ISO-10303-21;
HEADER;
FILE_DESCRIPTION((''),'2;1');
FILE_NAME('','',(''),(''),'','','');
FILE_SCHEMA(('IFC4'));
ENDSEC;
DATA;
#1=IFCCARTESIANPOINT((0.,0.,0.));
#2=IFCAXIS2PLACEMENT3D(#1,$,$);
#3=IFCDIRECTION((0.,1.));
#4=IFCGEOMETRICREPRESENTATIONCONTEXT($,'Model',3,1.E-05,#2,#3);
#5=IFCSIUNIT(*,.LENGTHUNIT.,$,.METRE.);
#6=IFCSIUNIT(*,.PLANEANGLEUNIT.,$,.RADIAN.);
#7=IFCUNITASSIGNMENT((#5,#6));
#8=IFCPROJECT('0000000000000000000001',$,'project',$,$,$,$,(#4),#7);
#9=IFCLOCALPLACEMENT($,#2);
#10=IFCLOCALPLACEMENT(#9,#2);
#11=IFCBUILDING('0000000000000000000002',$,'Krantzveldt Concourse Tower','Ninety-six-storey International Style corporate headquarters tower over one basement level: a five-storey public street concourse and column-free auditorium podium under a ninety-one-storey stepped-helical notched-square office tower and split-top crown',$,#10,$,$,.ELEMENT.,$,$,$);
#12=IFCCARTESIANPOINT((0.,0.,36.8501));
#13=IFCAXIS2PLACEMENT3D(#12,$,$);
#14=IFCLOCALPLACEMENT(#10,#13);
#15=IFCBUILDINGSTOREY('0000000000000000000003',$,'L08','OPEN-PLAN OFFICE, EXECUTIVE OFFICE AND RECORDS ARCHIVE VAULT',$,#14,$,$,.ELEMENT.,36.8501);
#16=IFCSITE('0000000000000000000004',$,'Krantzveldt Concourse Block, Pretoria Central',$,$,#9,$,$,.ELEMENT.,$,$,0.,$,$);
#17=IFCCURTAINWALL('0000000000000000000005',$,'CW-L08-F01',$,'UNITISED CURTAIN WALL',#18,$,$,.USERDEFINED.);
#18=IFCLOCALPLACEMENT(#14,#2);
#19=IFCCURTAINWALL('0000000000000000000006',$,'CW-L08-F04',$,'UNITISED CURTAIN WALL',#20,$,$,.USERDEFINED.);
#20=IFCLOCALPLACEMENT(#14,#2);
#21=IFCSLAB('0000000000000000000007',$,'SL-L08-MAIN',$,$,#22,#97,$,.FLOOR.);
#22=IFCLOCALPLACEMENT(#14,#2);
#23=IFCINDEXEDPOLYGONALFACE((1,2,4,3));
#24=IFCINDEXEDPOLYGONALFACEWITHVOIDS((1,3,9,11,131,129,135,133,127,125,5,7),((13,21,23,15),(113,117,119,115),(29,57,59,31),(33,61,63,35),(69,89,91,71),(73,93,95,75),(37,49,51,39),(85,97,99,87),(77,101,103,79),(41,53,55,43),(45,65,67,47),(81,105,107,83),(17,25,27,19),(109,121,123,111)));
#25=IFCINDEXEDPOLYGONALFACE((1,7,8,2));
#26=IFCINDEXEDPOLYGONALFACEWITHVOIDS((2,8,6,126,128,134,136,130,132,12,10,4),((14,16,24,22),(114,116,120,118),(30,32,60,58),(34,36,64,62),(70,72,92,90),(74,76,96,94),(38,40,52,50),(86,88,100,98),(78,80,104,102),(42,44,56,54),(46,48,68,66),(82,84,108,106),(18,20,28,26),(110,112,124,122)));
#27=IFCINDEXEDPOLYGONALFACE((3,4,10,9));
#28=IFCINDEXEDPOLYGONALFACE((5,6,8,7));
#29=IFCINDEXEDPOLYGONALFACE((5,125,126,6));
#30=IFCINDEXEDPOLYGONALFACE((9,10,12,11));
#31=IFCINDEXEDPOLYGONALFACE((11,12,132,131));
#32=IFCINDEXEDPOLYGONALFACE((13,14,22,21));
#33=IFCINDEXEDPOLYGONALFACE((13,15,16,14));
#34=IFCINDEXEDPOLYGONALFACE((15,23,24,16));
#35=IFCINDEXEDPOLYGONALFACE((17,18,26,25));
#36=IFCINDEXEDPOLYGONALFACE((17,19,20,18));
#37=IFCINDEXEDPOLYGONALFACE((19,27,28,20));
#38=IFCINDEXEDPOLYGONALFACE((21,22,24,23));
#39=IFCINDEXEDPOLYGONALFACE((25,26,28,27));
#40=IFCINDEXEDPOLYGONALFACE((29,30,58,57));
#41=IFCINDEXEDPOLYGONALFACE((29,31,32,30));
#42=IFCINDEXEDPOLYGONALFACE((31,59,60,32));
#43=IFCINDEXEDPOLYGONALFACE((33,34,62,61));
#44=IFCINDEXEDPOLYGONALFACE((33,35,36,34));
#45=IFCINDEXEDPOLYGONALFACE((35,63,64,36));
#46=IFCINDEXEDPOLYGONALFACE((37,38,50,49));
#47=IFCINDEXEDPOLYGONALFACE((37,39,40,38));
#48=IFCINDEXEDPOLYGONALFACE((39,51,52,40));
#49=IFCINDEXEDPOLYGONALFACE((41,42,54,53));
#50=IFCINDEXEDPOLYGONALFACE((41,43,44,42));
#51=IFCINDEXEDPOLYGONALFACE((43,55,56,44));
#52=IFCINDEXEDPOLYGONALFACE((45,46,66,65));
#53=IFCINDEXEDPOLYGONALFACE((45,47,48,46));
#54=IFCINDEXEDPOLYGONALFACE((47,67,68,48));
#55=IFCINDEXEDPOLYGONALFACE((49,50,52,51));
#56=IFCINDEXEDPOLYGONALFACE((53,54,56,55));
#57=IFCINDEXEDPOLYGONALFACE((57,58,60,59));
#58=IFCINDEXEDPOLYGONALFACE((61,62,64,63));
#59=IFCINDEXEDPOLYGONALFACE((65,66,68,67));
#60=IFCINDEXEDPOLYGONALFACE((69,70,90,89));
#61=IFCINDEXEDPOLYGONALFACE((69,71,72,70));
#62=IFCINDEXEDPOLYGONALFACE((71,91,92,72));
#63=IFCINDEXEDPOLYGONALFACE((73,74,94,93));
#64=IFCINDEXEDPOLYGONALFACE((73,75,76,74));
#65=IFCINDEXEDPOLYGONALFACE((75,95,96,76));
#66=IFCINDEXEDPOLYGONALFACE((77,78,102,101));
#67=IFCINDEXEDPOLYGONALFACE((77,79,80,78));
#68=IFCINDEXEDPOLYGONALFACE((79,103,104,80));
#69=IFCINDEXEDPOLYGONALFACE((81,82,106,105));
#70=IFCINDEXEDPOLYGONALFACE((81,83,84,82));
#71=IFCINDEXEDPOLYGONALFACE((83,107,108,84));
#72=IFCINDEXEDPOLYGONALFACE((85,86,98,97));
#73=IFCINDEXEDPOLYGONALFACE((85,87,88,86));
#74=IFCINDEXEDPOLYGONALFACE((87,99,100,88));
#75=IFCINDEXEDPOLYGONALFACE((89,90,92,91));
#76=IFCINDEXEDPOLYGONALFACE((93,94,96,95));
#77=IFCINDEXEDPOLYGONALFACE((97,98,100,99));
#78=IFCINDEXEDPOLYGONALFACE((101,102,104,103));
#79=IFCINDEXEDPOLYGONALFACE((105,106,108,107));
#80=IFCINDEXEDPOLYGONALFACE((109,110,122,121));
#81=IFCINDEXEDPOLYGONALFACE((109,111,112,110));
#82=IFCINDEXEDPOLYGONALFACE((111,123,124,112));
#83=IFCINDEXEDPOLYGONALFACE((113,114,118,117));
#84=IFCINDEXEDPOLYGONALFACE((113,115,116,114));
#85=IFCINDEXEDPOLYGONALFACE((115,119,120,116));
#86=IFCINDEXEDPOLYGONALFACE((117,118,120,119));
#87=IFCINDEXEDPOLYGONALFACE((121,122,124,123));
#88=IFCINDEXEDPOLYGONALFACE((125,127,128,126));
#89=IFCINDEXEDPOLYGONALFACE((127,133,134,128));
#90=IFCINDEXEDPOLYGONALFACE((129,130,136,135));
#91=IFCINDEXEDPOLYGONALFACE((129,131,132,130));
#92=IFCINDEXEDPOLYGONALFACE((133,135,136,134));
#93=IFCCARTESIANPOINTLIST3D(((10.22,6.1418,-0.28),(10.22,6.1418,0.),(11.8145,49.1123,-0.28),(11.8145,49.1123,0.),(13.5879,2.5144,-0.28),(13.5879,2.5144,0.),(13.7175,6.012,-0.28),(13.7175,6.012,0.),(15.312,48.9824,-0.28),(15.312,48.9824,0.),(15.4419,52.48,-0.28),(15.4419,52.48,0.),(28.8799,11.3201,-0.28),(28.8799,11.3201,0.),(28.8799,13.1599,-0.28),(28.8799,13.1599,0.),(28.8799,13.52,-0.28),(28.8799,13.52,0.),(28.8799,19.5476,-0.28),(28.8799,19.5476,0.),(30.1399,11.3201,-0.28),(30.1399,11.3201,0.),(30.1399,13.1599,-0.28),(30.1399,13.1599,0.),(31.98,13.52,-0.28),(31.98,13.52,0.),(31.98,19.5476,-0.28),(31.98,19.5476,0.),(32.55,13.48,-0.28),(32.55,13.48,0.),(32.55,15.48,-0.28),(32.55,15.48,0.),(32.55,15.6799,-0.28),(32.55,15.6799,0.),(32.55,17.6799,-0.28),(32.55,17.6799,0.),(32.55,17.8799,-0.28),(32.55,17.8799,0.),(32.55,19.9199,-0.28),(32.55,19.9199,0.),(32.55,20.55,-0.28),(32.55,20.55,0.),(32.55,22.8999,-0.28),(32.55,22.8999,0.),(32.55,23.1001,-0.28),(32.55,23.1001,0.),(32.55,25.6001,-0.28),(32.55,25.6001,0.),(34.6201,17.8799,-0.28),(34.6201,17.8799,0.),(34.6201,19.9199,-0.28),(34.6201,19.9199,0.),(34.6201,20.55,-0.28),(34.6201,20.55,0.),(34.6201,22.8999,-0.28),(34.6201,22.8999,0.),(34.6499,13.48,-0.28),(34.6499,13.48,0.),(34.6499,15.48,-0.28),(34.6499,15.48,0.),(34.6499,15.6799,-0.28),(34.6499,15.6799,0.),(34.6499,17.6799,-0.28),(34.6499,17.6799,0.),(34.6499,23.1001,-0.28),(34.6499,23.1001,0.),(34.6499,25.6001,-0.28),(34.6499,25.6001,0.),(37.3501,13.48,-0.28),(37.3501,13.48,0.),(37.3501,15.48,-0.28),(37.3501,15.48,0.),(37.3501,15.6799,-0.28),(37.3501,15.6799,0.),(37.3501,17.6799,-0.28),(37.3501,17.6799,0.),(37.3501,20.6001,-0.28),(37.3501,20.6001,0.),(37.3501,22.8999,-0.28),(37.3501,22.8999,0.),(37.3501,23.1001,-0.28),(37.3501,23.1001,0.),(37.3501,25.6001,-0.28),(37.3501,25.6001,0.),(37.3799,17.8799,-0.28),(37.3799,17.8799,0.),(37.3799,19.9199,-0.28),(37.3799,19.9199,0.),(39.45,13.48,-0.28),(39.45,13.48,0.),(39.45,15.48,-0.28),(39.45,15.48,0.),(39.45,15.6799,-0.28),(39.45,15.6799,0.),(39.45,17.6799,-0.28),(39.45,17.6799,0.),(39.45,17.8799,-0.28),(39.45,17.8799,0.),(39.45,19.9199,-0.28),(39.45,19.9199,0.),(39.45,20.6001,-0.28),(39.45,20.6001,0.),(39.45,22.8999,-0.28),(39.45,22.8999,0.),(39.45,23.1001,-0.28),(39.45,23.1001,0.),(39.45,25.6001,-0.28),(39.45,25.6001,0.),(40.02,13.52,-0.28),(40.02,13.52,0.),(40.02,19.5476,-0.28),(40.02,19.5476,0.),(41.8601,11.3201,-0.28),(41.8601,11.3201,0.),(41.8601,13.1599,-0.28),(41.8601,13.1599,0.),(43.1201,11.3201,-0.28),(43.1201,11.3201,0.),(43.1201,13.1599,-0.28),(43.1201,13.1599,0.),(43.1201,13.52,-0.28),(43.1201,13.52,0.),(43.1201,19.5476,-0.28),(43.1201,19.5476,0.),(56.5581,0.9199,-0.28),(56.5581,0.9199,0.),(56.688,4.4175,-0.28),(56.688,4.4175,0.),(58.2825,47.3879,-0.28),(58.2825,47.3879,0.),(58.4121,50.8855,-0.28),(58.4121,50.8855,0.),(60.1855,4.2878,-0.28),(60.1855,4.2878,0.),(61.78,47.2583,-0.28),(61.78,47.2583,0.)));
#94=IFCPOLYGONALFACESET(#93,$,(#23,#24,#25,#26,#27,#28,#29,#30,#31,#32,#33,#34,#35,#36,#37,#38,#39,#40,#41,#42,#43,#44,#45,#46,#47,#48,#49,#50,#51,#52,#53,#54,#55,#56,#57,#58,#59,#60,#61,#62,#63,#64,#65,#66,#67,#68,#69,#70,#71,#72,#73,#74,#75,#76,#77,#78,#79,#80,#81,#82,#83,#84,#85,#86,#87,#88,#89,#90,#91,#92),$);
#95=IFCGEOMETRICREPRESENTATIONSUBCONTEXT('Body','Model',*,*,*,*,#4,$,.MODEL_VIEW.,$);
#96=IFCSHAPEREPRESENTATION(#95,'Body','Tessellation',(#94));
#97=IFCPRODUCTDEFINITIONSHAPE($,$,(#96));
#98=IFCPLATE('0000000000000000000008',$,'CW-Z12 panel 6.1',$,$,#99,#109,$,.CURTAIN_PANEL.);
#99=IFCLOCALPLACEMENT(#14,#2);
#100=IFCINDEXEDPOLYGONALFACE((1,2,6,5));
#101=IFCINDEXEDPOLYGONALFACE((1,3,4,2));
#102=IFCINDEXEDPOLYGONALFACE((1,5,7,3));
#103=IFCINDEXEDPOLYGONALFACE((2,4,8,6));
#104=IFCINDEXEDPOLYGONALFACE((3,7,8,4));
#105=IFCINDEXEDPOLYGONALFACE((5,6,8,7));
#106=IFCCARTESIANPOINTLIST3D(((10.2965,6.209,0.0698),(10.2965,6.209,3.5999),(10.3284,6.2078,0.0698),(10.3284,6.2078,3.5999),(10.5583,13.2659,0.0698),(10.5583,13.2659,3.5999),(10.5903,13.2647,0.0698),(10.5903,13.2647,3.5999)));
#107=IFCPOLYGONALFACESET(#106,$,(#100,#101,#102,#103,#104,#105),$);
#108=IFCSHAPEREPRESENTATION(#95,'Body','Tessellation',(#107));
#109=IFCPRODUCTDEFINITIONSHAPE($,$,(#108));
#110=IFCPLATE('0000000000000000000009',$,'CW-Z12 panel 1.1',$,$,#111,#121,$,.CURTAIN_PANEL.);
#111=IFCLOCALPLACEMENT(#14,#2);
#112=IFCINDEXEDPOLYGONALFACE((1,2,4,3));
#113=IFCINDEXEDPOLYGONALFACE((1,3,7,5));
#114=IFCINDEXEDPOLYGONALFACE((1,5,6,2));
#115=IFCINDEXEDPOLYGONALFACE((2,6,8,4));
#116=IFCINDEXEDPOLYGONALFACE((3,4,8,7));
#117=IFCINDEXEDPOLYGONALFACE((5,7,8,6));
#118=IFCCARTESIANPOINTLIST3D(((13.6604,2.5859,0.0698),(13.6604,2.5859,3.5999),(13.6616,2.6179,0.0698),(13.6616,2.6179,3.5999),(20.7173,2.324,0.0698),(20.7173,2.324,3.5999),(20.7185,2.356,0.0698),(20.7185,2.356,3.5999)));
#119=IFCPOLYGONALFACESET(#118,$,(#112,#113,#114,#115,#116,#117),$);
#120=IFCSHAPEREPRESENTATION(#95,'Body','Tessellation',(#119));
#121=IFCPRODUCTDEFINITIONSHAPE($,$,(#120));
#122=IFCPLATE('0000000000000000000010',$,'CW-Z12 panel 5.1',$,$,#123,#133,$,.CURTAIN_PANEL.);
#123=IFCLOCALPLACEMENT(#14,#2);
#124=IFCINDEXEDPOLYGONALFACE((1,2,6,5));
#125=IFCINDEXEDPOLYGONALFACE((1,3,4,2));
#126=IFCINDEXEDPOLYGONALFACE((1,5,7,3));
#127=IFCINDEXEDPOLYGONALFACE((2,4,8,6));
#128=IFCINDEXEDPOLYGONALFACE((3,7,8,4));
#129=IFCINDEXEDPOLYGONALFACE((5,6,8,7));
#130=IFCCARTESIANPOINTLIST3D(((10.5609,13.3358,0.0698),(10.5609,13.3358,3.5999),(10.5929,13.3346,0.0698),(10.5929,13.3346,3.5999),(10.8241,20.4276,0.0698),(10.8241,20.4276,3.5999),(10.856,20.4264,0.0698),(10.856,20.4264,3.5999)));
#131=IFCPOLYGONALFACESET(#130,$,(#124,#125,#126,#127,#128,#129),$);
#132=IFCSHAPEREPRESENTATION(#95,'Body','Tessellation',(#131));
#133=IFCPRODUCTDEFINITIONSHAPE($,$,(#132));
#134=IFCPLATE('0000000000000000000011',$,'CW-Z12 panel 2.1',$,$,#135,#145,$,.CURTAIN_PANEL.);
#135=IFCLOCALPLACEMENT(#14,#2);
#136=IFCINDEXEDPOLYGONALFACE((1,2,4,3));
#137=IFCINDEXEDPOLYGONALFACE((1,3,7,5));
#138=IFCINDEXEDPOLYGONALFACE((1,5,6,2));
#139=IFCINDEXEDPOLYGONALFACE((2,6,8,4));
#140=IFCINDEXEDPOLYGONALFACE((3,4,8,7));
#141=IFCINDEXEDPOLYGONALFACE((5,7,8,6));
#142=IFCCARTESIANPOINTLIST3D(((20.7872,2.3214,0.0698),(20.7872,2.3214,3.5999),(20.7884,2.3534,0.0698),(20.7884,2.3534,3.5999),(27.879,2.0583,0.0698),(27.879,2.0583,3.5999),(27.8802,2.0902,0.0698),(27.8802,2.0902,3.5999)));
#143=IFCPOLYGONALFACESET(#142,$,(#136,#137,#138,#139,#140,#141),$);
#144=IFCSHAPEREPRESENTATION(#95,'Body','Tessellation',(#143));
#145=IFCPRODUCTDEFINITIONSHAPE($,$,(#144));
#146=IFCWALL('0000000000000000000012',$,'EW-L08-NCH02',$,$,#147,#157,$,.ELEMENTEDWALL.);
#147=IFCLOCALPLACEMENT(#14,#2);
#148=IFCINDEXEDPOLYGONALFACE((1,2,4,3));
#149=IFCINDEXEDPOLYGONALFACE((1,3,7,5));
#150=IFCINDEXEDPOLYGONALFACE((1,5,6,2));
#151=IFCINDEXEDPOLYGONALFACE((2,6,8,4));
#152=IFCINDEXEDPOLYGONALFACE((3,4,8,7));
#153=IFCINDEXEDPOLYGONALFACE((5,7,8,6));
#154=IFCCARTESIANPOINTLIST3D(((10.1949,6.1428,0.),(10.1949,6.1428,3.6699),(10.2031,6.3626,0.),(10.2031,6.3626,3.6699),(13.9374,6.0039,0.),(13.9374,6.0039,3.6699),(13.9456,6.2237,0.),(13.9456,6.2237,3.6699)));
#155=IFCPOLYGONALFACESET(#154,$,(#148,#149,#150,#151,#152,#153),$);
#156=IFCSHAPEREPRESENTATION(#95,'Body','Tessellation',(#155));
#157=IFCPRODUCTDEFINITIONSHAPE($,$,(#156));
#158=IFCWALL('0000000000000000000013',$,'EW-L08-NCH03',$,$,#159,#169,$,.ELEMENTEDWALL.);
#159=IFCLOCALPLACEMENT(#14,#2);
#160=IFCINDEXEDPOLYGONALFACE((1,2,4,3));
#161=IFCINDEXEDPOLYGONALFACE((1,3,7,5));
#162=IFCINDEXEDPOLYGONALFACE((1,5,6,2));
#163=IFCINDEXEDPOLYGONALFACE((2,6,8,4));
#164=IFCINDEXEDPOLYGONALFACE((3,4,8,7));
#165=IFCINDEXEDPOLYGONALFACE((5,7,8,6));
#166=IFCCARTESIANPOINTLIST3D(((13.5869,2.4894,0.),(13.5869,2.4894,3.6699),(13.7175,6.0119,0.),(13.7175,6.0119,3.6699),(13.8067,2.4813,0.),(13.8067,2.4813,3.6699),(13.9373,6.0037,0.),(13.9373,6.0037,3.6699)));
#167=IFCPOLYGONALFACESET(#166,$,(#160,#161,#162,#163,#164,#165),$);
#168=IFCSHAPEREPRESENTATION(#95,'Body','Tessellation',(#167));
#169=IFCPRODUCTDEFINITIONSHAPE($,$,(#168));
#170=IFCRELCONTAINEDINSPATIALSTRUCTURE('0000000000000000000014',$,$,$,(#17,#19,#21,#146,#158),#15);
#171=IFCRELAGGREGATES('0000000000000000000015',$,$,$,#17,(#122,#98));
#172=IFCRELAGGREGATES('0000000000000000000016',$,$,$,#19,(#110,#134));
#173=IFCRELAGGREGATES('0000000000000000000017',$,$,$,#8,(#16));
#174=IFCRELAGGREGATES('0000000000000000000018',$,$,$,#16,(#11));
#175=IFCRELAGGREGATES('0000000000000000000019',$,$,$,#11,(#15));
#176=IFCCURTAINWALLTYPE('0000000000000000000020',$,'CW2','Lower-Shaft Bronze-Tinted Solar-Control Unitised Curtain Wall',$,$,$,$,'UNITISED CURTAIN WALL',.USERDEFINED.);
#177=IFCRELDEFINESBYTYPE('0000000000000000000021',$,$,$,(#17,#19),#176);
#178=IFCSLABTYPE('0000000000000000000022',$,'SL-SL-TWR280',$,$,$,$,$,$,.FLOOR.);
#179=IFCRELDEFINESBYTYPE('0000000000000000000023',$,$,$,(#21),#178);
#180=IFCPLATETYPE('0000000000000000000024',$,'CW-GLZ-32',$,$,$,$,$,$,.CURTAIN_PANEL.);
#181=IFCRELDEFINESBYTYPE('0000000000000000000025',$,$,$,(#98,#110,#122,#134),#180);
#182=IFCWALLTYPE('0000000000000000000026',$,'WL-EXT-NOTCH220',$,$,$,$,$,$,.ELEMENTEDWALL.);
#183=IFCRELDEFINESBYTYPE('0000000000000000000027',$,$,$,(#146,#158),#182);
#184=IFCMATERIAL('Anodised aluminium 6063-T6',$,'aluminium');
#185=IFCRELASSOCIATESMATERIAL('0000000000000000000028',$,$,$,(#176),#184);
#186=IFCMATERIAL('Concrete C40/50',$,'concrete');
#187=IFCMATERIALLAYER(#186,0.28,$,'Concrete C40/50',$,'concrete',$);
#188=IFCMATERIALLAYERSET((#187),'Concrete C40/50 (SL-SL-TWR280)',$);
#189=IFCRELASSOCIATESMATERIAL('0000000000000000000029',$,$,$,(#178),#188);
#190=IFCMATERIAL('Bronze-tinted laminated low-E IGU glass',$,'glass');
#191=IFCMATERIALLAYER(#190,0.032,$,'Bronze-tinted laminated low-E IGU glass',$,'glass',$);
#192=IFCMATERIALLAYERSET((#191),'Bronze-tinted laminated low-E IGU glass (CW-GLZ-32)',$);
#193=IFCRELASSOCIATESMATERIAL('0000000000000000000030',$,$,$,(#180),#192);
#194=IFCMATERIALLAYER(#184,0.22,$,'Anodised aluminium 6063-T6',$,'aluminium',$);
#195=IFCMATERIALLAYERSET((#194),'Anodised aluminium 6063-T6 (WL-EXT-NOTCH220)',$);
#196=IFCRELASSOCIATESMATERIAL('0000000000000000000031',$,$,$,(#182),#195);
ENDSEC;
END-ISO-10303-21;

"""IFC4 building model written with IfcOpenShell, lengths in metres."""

from ifc_helpers import new_model, si_unit, direction, frame, frame_2d, origin, origin_2d, place, context, subcontext, project, spatial, polyline, rectangle, outline, extrude, source, transform, mapped, material, layer, layer_set, type_object, type_shapes, element, aggregate, save


model = new_model("IFC4")

# Units and contexts
model_context = context("Model", 3, precision=1e-05, world=origin(), true_north=direction((0.0, 1.0)))
body_context = subcontext(model_context, "Body", "Model", "MODEL_VIEW")
ifc_project = project(units=[si_unit("LENGTHUNIT", "METRE"), si_unit("PLANEANGLEUNIT", "RADIAN")], contexts=[model_context])

# Site, building, storey
site_placement = place(None, origin())
site = spatial("IfcSite", under=ifc_project, at=site_placement, Name="Krantzveldt Concourse Block, Pretoria Central", CompositionType="ELEMENT", RefElevation=0.0)
building_placement = place(site_placement, origin())
building = spatial("IfcBuilding", under=site, at=building_placement, Name="Krantzveldt Concourse Tower", Description="Ninety-six-storey International Style corporate headquarters tower over one basement level: a five-storey public street concourse and column-free auditorium podium under a ninety-one-storey stepped-helical notched-square office tower and split-top crown", CompositionType="ELEMENT")
storey_placement = place(building_placement, frame((0.0, 0.0, 36.8501)))
storey = spatial("IfcBuildingStorey", under=building, at=storey_placement, Name="L08", Description="OPEN-PLAN OFFICE, EXECUTIVE OFFICE AND RECORDS ARCHIVE VAULT", CompositionType="ELEMENT", Elevation=36.8501)

# Curtain walls
ifc_material_1 = material(Name="Anodised aluminium 6063-T6", Category="aluminium")
curtain_wall_type = type_object("IfcCurtainWallType", Name="CW2", Description="Lower-Shaft Bronze-Tinted Solar-Control Unitised Curtain Wall", ElementType="UNITISED CURTAIN WALL", PredefinedType="USERDEFINED", material=ifc_material_1)
curtain_wall_1_placement = place(storey_placement, origin())
curtain_wall_1 = element("IfcCurtainWall", 1, at=curtain_wall_1_placement, inside=storey, type_object=curtain_wall_type, Name="CW-L08-F01", ObjectType="UNITISED CURTAIN WALL", PredefinedType="USERDEFINED")
curtain_wall_2_placement = place(storey_placement, origin())
curtain_wall_2 = element("IfcCurtainWall", 2, at=curtain_wall_2_placement, inside=storey, type_object=curtain_wall_type, Name="CW-L08-F04", ObjectType="UNITISED CURTAIN WALL", PredefinedType="USERDEFINED")

# Slab
ifc_material_2 = material(Name="Concrete C40/50", Category="concrete")
ifc_layer_1 = layer(ifc_material_2, 0.28, Name="Concrete C40/50", Category="concrete")
ifc_layer_set_1 = layer_set([ifc_layer_1], Name="Concrete C40/50 (SL-SL-TWR280)")
slab_type_1 = type_object("IfcSlabType", Name="SL-SL-TWR280", PredefinedType="FLOOR", material=ifc_layer_set_1)
slab_1_placement = place(storey_placement, frame((0.0, 0.0, -0.28)))
element("IfcSlab", 3, at=slab_1_placement, inside=storey, type_object=slab_type_1, Name="SL-L08-MAIN", PredefinedType="FLOOR", context=body_context, shape_type="SweptSolid", body=[
    extrude(outline(polyline([(15.312, 48.9824), (11.8145, 49.1123), (10.22, 6.1418), (13.7175, 6.012), (13.5879, 2.5144), (56.5581, 0.9199), (56.688, 4.4175), (60.1855, 4.2878), (61.78, 47.2583), (58.2825, 47.3879), (58.4121, 50.8855), (15.4419, 52.48), (15.312, 48.9824)]), holes=[polyline([(28.8799, 19.5476), (28.8799, 13.52), (31.98, 13.52), (31.98, 19.5476), (28.8799, 19.5476)]), polyline([(40.02, 19.5476), (40.02, 13.52), (43.1201, 13.52), (43.1201, 19.5476), (40.02, 19.5476)]), polyline([(32.55, 23.1001), (34.6499, 23.1001), (34.6499, 25.6001), (32.55, 25.6001), (32.55, 23.1001)]), polyline([(37.3501, 23.1001), (39.45, 23.1001), (39.45, 25.6001), (37.3501, 25.6001), (37.3501, 23.1001)]), polyline([(37.3501, 20.6001), (39.45, 20.6001), (39.45, 22.8999), (37.3501, 22.8999), (37.3501, 20.6001)]), polyline([(32.55, 13.48), (34.6499, 13.48), (34.6499, 15.48), (32.55, 15.48), (32.55, 13.48)]), polyline([(32.55, 15.6799), (34.6499, 15.6799), (34.6499, 17.6799), (32.55, 17.6799), (32.55, 15.6799)]), polyline([(37.3501, 13.48), (39.45, 13.48), (39.45, 15.48), (37.3501, 15.48), (37.3501, 13.48)]), polyline([(37.3501, 15.6799), (39.45, 15.6799), (39.45, 17.6799), (37.3501, 17.6799), (37.3501, 15.6799)]), polyline([(32.55, 20.55), (34.6201, 20.55), (34.6201, 22.8999), (32.55, 22.8999), (32.55, 20.55)]), polyline([(32.55, 17.8799), (34.6201, 17.8799), (34.6201, 19.9199), (32.55, 19.9199), (32.55, 17.8799)]), polyline([(37.3799, 17.8799), (39.45, 17.8799), (39.45, 19.9199), (37.3799, 19.9199), (37.3799, 17.8799)]), polyline([(28.8799, 11.3201), (30.1399, 11.3201), (30.1399, 13.1599), (28.8799, 13.1599), (28.8799, 11.3201)]), polyline([(41.8601, 11.3201), (43.1201, 11.3201), (43.1201, 13.1599), (41.8601, 13.1599), (41.8601, 11.3201)])]), origin(), (0.0, 0.0, 1.0), 0.28),
])

# Plates
ifc_material_3 = material(Name="Bronze-tinted laminated low-E IGU glass", Category="glass")
ifc_layer_2 = layer(ifc_material_3, 0.032, Name="Bronze-tinted laminated low-E IGU glass", Category="glass")
ifc_layer_set_2 = layer_set([ifc_layer_2], Name="Bronze-tinted laminated low-E IGU glass (CW-GLZ-32)")
plate_type = type_object("IfcPlateType", Name="CW-GLZ-32", PredefinedType="CURTAIN_PANEL", material=ifc_layer_set_2)
shared_shape_1 = source(origin(), body_context, "Body", "SweptSolid", [
    extrude(rectangle(XDim=7.0618, YDim=0.032, at=origin_2d()), origin(), (0.0, 0.0, 1.0), 3.53),
])
plate_1_placement = place(storey_placement, frame((10.4434, 9.7368, 0.0698), z_axis=(0.0, 0.0, 1.0), x_axis=(-0.03708, -0.999312, 0.0)))
plate_1 = element("IfcPlate", 4, at=plate_1_placement, type_object=plate_type, Name="CW-Z12 panel 6.1", PredefinedType="CURTAIN_PANEL", context=body_context, shape_type="MappedRepresentation", body=[
    mapped(shared_shape_1, transform((0.0, 0.0, 0.0), x_axis=(1.0, 0.0, 0.0), y_axis=(0.0, 1.0, 0.0), z_axis=(0.0, 0.0, 1.0), scale=1.0)),
])
plate_2_placement = place(storey_placement, frame((17.1895, 2.4709, 0.0698), z_axis=(0.0, 0.0, 1.0), x_axis=(0.999312, -0.03708, 0.0)))
plate_2 = element("IfcPlate", 5, at=plate_2_placement, type_object=plate_type, Name="CW-Z12 panel 1.1", PredefinedType="CURTAIN_PANEL", context=body_context, shape_type="MappedRepresentation", body=[
    mapped(shared_shape_1, transform((0.0, 0.0, 0.0), x_axis=(1.0, 0.0, 0.0), y_axis=(0.0, 1.0, 0.0), z_axis=(0.0, 0.0, 1.0), scale=1.0)),
])
shared_shape_2 = source(origin(), body_context, "Body", "SweptSolid", [
    extrude(rectangle(XDim=7.0967, YDim=0.032, at=origin_2d()), origin(), (0.0, 0.0, 1.0), 3.53),
])
type_shapes(plate_type, [shared_shape_1, shared_shape_2])
plate_3_placement = place(storey_placement, frame((10.7085, 16.8811, 0.0698), z_axis=(0.0, 0.0, 1.0), x_axis=(-0.03708, -0.999312, 0.0)))
plate_3 = element("IfcPlate", 6, at=plate_3_placement, type_object=plate_type, Name="CW-Z12 panel 5.1", PredefinedType="CURTAIN_PANEL", context=body_context, shape_type="MappedRepresentation", body=[
    mapped(shared_shape_2, transform((0.0, 0.0, 0.0), x_axis=(1.0, 0.0, 0.0), y_axis=(0.0, 1.0, 0.0), z_axis=(0.0, 0.0, 1.0), scale=1.0)),
])
aggregate(curtain_wall_1, [plate_3, plate_1])
plate_4_placement = place(storey_placement, frame((24.3337, 2.2058, 0.0698), z_axis=(0.0, 0.0, 1.0), x_axis=(0.999312, -0.03708, 0.0)))
plate_4 = element("IfcPlate", 7, at=plate_4_placement, type_object=plate_type, Name="CW-Z12 panel 2.1", PredefinedType="CURTAIN_PANEL", context=body_context, shape_type="MappedRepresentation", body=[
    mapped(shared_shape_2, transform((0.0, 0.0, 0.0), x_axis=(1.0, 0.0, 0.0), y_axis=(0.0, 1.0, 0.0), z_axis=(0.0, 0.0, 1.0), scale=1.0)),
])
aggregate(curtain_wall_2, [plate_2, plate_4])

# Walls
ifc_layer_3 = layer(ifc_material_1, 0.22, Name="Anodised aluminium 6063-T6", Category="aluminium")
ifc_layer_set_3 = layer_set([ifc_layer_3], Name="Anodised aluminium 6063-T6 (WL-EXT-NOTCH220)")
wall_type = type_object("IfcWallType", Name="WL-EXT-NOTCH220", PredefinedType="ELEMENTEDWALL", material=ifc_layer_set_3)
wall_1_placement = place(storey_placement, frame((10.199, 6.2527, 0.0), z_axis=(0.0, 0.0, 1.0), x_axis=(0.999312, -0.037094, 0.0)))
element("IfcWall", 8, at=wall_1_placement, inside=storey, type_object=wall_type, Name="EW-L08-NCH02", PredefinedType="ELEMENTEDWALL", context=body_context, shape_type="SweptSolid", body=[
    extrude(rectangle(XDim=3.7451, YDim=0.22, at=frame_2d((1.8726, 0.0))), origin(), (0.0, 0.0, 1.0), 3.6699),
])
wall_2_placement = place(storey_placement, frame((13.8274, 6.0078, 0.0), z_axis=(0.0, 0.0, 1.0), x_axis=(-0.037055, -0.999313, 0.0)))
element("IfcWall", 9, at=wall_2_placement, inside=storey, type_object=wall_type, Name="EW-L08-NCH03", PredefinedType="ELEMENTEDWALL", context=body_context, shape_type="SweptSolid", body=[
    extrude(rectangle(XDim=3.5249, YDim=0.22, at=frame_2d((1.7625, 0.0))), origin(), (0.0, 0.0, 1.0), 3.6699),
])

save(model, "model.ifc")
